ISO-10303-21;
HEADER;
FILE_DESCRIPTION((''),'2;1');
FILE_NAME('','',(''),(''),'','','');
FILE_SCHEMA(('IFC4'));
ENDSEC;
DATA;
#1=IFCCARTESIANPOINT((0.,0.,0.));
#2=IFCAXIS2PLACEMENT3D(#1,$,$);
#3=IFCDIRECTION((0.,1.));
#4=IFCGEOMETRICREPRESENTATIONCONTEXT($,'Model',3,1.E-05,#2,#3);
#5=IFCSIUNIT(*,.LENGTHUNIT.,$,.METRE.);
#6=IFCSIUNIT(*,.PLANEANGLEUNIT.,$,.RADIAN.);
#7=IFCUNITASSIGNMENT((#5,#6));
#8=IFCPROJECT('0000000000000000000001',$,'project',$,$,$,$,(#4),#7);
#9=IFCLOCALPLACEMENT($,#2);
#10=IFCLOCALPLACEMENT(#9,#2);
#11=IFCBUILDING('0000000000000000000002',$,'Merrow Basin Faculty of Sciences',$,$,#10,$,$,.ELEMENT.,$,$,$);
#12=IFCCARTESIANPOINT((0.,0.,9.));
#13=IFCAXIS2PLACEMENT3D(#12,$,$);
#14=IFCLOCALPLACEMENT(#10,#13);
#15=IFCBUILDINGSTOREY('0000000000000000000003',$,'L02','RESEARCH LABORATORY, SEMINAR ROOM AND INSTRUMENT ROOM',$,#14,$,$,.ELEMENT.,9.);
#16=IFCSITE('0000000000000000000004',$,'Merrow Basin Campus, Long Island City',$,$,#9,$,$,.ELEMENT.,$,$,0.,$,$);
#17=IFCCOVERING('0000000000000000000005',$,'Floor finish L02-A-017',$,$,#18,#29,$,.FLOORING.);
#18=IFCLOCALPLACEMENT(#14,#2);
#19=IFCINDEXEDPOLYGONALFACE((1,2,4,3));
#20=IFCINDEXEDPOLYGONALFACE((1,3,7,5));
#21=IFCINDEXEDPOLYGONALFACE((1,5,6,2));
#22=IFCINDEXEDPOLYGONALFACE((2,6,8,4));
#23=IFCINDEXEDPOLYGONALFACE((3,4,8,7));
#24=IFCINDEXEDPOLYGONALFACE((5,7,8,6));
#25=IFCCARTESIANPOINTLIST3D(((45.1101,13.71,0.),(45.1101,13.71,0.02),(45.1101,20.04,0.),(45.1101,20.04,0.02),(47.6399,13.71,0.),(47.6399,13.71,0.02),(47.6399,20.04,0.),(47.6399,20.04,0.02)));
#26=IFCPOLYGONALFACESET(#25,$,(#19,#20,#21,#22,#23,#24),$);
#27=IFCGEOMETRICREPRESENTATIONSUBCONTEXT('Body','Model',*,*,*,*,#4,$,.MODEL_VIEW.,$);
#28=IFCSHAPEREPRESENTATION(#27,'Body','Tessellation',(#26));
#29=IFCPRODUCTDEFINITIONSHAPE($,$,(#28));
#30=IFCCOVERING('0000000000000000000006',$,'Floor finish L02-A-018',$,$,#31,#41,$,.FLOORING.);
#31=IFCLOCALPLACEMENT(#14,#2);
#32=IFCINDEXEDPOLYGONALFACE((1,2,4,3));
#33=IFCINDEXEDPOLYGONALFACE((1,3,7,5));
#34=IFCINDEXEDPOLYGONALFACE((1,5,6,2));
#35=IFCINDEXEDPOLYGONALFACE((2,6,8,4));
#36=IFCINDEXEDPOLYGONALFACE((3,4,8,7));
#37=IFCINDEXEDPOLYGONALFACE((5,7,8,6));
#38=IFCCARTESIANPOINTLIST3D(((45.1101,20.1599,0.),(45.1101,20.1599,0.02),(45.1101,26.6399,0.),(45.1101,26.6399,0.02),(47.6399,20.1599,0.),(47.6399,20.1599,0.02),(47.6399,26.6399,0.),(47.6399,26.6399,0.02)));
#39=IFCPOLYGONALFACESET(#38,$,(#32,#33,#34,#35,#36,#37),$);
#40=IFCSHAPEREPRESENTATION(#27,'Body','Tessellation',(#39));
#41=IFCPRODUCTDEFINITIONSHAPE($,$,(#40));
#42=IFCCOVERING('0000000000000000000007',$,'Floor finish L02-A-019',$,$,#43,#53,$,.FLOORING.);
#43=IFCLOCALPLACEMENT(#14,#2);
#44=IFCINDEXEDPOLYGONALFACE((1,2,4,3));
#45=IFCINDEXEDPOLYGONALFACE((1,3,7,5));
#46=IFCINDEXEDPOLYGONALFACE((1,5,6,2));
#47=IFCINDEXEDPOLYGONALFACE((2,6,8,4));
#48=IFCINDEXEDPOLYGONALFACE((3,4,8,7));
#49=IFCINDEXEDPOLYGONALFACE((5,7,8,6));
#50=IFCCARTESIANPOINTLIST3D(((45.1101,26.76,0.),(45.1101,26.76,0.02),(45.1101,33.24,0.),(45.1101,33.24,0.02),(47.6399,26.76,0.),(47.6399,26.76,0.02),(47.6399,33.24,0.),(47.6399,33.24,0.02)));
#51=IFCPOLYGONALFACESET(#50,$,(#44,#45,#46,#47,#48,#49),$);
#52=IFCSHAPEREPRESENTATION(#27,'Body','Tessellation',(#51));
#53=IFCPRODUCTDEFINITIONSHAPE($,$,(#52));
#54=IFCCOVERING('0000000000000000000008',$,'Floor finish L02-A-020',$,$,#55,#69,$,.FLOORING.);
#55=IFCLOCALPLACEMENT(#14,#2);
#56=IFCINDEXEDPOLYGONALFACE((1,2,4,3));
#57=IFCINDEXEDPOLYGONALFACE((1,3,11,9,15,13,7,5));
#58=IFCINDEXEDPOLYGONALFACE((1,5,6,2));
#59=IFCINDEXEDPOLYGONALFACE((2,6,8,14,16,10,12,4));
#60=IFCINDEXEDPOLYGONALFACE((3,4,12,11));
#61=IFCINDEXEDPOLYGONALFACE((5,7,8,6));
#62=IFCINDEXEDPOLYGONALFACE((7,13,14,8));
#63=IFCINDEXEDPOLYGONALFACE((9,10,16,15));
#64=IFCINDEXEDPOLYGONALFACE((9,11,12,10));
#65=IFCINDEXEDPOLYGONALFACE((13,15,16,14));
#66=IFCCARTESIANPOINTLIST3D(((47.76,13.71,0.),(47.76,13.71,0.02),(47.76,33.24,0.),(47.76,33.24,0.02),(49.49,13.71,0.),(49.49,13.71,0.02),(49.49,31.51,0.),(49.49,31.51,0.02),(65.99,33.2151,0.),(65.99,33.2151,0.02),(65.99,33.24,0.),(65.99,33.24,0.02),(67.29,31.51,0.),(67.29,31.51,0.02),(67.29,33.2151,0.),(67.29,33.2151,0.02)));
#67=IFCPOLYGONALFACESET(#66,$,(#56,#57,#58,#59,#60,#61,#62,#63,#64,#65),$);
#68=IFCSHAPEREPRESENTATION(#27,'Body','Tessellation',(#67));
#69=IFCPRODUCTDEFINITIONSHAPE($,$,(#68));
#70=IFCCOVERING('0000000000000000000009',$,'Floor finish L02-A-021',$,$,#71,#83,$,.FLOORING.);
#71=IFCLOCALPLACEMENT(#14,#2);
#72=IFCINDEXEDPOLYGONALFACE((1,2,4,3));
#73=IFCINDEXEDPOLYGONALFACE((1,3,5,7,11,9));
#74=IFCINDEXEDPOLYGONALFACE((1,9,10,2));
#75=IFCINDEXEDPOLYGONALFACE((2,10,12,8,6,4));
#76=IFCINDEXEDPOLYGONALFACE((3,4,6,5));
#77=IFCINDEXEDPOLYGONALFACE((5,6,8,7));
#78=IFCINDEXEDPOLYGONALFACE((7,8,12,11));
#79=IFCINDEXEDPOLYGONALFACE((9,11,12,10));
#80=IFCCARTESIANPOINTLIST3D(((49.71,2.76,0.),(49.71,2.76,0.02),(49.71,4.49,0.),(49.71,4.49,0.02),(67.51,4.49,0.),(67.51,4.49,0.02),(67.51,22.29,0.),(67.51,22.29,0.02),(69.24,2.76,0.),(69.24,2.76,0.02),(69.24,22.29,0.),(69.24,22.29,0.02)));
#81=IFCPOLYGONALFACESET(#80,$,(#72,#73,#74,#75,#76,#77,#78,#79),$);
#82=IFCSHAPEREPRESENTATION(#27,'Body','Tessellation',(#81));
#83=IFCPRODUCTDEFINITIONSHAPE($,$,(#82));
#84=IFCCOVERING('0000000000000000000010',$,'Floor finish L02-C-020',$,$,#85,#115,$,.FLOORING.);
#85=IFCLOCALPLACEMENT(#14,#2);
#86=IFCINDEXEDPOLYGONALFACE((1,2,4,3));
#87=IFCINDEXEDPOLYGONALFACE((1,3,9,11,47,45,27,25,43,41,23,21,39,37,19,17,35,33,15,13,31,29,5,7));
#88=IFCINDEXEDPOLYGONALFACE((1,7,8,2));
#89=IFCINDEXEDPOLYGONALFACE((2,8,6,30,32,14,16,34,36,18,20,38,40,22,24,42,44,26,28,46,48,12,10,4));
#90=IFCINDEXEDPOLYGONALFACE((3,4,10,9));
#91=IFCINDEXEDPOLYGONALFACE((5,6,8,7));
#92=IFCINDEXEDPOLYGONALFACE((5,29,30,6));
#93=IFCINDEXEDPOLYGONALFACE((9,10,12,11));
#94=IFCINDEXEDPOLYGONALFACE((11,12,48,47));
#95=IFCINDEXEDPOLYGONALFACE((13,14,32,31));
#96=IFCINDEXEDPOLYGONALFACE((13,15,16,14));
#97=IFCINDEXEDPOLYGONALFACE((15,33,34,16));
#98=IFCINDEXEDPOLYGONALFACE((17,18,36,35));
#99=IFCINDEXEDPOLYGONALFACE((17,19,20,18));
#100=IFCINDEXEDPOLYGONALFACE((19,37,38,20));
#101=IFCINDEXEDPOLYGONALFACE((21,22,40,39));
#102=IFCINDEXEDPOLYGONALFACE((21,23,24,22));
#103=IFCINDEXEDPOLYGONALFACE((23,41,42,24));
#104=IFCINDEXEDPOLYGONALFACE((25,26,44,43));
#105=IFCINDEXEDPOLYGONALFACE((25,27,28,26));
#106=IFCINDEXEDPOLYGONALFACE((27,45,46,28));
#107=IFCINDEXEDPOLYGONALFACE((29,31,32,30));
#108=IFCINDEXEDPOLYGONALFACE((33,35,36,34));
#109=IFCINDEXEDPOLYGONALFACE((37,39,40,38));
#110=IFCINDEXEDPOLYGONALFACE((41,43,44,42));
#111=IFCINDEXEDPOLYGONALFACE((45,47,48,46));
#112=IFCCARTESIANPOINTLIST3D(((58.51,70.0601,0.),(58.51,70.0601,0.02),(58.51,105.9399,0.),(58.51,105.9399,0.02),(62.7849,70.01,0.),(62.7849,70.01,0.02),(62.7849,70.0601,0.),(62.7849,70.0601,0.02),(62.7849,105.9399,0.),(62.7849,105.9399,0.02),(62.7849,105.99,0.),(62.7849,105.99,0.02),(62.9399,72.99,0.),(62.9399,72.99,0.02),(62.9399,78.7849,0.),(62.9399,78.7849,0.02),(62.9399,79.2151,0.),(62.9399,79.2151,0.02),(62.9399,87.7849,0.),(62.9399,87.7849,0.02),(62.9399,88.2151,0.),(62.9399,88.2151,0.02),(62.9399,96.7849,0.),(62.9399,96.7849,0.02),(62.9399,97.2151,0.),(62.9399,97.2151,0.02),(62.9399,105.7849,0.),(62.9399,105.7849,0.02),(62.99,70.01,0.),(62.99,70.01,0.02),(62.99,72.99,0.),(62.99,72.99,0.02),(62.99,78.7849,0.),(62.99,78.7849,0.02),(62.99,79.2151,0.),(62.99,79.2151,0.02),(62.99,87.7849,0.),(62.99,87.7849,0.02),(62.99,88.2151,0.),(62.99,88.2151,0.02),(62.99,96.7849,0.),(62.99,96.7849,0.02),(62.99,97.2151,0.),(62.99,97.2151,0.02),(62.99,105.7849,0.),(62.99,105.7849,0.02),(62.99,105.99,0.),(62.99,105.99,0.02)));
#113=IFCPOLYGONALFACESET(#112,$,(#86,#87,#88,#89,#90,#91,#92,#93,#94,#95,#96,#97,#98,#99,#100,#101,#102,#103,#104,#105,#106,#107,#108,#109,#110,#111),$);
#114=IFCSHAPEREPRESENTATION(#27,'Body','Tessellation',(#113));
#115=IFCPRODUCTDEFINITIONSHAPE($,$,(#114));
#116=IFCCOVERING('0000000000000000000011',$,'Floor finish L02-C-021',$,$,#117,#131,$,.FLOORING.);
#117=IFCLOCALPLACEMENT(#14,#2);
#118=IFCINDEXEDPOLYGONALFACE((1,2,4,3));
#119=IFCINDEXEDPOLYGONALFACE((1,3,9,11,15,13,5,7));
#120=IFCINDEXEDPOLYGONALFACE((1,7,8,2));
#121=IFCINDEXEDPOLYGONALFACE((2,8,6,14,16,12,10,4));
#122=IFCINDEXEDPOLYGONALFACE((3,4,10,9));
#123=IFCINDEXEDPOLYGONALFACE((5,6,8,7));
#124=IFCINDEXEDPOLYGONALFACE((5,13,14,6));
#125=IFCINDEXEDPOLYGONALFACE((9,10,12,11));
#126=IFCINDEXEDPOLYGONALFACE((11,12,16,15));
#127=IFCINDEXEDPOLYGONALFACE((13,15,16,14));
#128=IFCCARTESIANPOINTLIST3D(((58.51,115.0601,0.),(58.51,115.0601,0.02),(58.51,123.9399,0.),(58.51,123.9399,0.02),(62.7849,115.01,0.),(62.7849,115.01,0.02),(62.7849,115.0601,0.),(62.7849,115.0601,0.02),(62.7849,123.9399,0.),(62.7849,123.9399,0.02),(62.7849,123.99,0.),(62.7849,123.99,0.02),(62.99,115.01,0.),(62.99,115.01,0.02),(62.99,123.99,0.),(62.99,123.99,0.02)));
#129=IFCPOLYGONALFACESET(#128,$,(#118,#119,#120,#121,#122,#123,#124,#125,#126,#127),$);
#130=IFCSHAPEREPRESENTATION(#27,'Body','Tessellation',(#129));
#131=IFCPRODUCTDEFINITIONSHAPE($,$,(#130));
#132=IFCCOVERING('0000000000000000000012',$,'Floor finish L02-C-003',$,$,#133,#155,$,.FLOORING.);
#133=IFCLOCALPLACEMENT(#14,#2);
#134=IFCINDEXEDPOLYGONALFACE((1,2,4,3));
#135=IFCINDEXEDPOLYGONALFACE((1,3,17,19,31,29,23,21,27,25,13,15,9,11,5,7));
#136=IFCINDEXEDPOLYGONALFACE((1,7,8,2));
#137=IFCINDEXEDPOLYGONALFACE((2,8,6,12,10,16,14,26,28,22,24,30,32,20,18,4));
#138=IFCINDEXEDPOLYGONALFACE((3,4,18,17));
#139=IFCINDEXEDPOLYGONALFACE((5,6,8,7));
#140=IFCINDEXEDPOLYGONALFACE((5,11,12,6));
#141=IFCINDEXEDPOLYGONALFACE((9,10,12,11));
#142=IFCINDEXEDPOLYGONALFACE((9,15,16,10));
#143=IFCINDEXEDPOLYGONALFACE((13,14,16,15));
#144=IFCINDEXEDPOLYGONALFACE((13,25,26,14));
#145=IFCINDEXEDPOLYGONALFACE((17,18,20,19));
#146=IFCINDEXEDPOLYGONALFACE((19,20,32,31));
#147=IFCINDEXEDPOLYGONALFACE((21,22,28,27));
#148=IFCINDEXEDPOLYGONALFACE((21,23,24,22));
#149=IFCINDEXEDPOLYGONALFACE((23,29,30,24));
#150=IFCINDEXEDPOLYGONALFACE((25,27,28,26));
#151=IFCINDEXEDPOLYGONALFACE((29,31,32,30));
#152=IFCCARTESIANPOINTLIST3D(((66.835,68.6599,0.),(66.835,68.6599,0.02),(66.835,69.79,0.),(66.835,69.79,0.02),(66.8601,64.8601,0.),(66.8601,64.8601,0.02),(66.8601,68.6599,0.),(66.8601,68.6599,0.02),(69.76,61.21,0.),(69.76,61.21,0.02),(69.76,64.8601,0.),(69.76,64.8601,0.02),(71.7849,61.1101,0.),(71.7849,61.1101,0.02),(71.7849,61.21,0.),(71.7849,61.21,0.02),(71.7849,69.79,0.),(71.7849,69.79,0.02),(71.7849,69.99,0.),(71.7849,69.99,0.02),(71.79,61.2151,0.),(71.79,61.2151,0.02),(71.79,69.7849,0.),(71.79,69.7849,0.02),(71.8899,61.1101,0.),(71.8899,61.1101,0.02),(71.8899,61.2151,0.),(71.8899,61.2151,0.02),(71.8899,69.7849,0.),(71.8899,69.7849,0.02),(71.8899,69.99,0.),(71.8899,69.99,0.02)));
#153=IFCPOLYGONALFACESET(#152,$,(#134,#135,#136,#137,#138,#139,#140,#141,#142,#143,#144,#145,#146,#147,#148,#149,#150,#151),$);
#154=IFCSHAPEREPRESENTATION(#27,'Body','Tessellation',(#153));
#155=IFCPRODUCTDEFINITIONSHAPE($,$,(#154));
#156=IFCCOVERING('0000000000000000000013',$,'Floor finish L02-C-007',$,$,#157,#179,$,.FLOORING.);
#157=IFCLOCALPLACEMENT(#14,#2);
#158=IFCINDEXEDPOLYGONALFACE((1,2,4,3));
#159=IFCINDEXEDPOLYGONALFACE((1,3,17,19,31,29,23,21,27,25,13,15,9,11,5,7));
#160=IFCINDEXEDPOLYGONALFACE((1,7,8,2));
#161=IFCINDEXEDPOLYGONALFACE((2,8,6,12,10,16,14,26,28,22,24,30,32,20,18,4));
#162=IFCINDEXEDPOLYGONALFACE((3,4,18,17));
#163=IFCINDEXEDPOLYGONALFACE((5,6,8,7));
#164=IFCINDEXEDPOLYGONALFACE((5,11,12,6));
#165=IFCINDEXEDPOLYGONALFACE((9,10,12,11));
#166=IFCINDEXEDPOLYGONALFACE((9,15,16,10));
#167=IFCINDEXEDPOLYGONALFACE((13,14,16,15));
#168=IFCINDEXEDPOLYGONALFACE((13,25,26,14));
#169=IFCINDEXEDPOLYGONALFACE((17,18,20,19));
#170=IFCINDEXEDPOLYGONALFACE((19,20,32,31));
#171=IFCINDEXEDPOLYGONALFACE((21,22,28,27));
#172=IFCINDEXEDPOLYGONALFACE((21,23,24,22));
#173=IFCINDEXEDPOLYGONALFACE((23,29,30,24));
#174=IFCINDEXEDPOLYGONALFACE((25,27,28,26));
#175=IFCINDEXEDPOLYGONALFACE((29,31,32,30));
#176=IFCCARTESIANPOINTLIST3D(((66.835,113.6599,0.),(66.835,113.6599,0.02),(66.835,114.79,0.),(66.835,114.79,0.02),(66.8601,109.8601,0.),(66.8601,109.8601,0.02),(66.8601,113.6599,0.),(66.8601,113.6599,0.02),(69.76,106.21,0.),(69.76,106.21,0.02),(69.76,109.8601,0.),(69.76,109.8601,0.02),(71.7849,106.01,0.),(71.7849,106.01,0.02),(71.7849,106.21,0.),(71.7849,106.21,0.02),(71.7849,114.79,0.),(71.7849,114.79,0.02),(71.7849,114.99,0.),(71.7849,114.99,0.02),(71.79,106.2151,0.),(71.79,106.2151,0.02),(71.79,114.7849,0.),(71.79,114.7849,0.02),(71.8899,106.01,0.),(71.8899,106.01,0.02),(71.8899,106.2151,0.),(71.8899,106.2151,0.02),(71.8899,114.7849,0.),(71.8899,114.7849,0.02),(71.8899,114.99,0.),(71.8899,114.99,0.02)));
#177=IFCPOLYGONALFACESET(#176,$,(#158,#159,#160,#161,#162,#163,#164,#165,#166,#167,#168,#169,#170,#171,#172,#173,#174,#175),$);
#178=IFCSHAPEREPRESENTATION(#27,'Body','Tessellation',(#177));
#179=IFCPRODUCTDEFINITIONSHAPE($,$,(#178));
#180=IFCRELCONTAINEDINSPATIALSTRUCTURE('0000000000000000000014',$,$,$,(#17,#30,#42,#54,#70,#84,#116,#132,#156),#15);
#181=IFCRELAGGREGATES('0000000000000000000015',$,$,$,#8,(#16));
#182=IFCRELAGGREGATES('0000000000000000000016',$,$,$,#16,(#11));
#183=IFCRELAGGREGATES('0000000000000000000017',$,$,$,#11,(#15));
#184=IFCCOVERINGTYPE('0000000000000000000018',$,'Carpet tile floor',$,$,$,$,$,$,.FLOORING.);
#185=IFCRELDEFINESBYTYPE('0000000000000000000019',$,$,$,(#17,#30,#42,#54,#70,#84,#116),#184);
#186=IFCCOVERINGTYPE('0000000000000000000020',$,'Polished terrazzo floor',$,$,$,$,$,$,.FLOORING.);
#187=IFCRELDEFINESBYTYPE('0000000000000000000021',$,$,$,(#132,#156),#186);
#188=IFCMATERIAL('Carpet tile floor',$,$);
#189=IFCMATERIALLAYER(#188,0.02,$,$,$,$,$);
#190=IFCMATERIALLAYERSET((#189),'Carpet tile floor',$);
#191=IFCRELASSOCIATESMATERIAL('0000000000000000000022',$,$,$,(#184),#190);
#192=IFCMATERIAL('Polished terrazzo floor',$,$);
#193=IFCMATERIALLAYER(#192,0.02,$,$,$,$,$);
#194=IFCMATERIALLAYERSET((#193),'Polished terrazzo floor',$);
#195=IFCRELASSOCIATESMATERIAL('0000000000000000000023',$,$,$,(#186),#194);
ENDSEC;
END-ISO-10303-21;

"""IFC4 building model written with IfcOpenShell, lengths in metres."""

from ifc_helpers import new_model, si_unit, direction, frame, origin, place, context, subcontext, project, spatial, polyline, outline, extrude, material, layer, layer_set, type_object, element, save


model = new_model("IFC4")

# Units and contexts
model_context = context("Model", 3, precision=1e-05, world=origin(), true_north=direction((0.0, 1.0)))
body_context = subcontext(model_context, "Body", "Model", "MODEL_VIEW")
ifc_project = project(units=[si_unit("LENGTHUNIT", "METRE"), si_unit("PLANEANGLEUNIT", "RADIAN")], contexts=[model_context])

# Site, building, storey
site_placement = place(None, origin())
site = spatial("IfcSite", under=ifc_project, at=site_placement, Name="Merrow Basin Campus, Long Island City", CompositionType="ELEMENT", RefElevation=0.0)
building_placement = place(site_placement, origin())
building = spatial("IfcBuilding", under=site, at=building_placement, Name="Merrow Basin Faculty of Sciences", CompositionType="ELEMENT")
storey_placement = place(building_placement, frame((0.0, 0.0, 9.0)))
storey = spatial("IfcBuildingStorey", under=building, at=storey_placement, Name="L02", Description="RESEARCH LABORATORY, SEMINAR ROOM AND INSTRUMENT ROOM", CompositionType="ELEMENT", Elevation=9.0)

# Coverings
ifc_material_1 = material(Name="Carpet tile floor")
ifc_layer_1 = layer(ifc_material_1, 0.02)
ifc_layer_set_1 = layer_set([ifc_layer_1], Name="Carpet tile floor")
covering_type_1 = type_object("IfcCoveringType", Name="Carpet tile floor", PredefinedType="FLOORING", material=ifc_layer_set_1)
covering_1_placement = place(storey_placement, origin())
element("IfcCovering", 1, at=covering_1_placement, inside=storey, type_object=covering_type_1, Name="Floor finish L02-A-017", PredefinedType="FLOORING", context=body_context, shape_type="SweptSolid", body=[
    extrude(outline(polyline([(45.1101, 20.04), (47.6399, 20.04), (47.6399, 13.71), (45.1101, 13.71), (45.1101, 20.04)])), origin(), (0.0, 0.0, 1.0), 0.02),
])
covering_2_placement = place(storey_placement, origin())
element("IfcCovering", 2, at=covering_2_placement, inside=storey, type_object=covering_type_1, Name="Floor finish L02-A-018", PredefinedType="FLOORING", context=body_context, shape_type="SweptSolid", body=[
    extrude(outline(polyline([(47.6399, 26.6399), (47.6399, 20.1599), (45.1101, 20.1599), (45.1101, 26.6399), (47.6399, 26.6399)])), origin(), (0.0, 0.0, 1.0), 0.02),
])
covering_3_placement = place(storey_placement, origin())
element("IfcCovering", 3, at=covering_3_placement, inside=storey, type_object=covering_type_1, Name="Floor finish L02-A-019", PredefinedType="FLOORING", context=body_context, shape_type="SweptSolid", body=[
    extrude(outline(polyline([(47.6399, 26.76), (45.1101, 26.76), (45.1101, 33.24), (47.6399, 33.24), (47.6399, 26.76)])), origin(), (0.0, 0.0, 1.0), 0.02),
])
covering_4_placement = place(storey_placement, origin())
element("IfcCovering", 4, at=covering_4_placement, inside=storey, type_object=covering_type_1, Name="Floor finish L02-A-020", PredefinedType="FLOORING", context=body_context, shape_type="SweptSolid", body=[
    extrude(outline(polyline([(49.49, 31.51), (49.49, 13.71), (47.76, 13.71), (47.76, 33.24), (65.99, 33.24), (65.99, 33.2151), (67.29, 33.2151), (67.29, 31.51), (49.49, 31.51)])), origin(), (0.0, 0.0, 1.0), 0.02),
])
covering_5_placement = place(storey_placement, origin())
element("IfcCovering", 5, at=covering_5_placement, inside=storey, type_object=covering_type_1, Name="Floor finish L02-A-021", PredefinedType="FLOORING", context=body_context, shape_type="SweptSolid", body=[
    extrude(outline(polyline([(67.51, 4.49), (67.51, 22.29), (69.24, 22.29), (69.24, 2.76), (49.71, 2.76), (49.71, 4.49), (67.51, 4.49)])), origin(), (0.0, 0.0, 1.0), 0.02),
])
covering_6_placement = place(storey_placement, origin())
element("IfcCovering", 6, at=covering_6_placement, inside=storey, type_object=covering_type_1, Name="Floor finish L02-C-020", PredefinedType="FLOORING", context=body_context, shape_type="SweptSolid", body=[
    extrude(outline(polyline([(62.99, 105.99), (62.99, 105.7849), (62.9399, 105.7849), (62.9399, 97.2151), (62.99, 97.2151), (62.99, 96.7849), (62.9399, 96.7849), (62.9399, 88.2151), (62.99, 88.2151), (62.99, 87.7849), (62.9399, 87.7849), (62.9399, 79.2151), (62.99, 79.2151), (62.99, 78.7849), (62.9399, 78.7849), (62.9399, 72.99), (62.99, 72.99), (62.99, 70.01), (62.7849, 70.01), (62.7849, 70.0601), (58.51, 70.0601), (58.51, 105.9399), (62.7849, 105.9399), (62.7849, 105.99), (62.99, 105.99)])), origin(), (0.0, 0.0, 1.0), 0.02),
])
covering_7_placement = place(storey_placement, origin())
element("IfcCovering", 7, at=covering_7_placement, inside=storey, type_object=covering_type_1, Name="Floor finish L02-C-021", PredefinedType="FLOORING", context=body_context, shape_type="SweptSolid", body=[
    extrude(outline(polyline([(62.99, 123.99), (62.99, 115.01), (62.7849, 115.01), (62.7849, 115.0601), (58.51, 115.0601), (58.51, 123.9399), (62.7849, 123.9399), (62.7849, 123.99), (62.99, 123.99)])), origin(), (0.0, 0.0, 1.0), 0.02),
])
ifc_material_2 = material(Name="Polished terrazzo floor")
ifc_layer_2 = layer(ifc_material_2, 0.02)
ifc_layer_set_2 = layer_set([ifc_layer_2], Name="Polished terrazzo floor")
covering_type_2 = type_object("IfcCoveringType", Name="Polished terrazzo floor", PredefinedType="FLOORING", material=ifc_layer_set_2)
covering_8_placement = place(storey_placement, origin())
element("IfcCovering", 8, at=covering_8_placement, inside=storey, type_object=covering_type_2, Name="Floor finish L02-C-003", PredefinedType="FLOORING", context=body_context, shape_type="SweptSolid", body=[
    extrude(outline(polyline([(71.8899, 69.99), (71.8899, 69.7849), (71.79, 69.7849), (71.79, 61.2151), (71.8899, 61.2151), (71.8899, 61.1101), (71.7849, 61.1101), (71.7849, 61.21), (69.76, 61.21), (69.76, 64.8601), (66.8601, 64.8601), (66.8601, 68.6599), (66.835, 68.6599), (66.835, 69.79), (71.7849, 69.79), (71.7849, 69.99), (71.8899, 69.99)])), origin(), (0.0, 0.0, 1.0), 0.02),
])
covering_9_placement = place(storey_placement, origin())
element("IfcCovering", 9, at=covering_9_placement, inside=storey, type_object=covering_type_2, Name="Floor finish L02-C-007", PredefinedType="FLOORING", context=body_context, shape_type="SweptSolid", body=[
    extrude(outline(polyline([(71.8899, 114.99), (71.8899, 114.7849), (71.79, 114.7849), (71.79, 106.2151), (71.8899, 106.2151), (71.8899, 106.01), (71.7849, 106.01), (71.7849, 106.21), (69.76, 106.21), (69.76, 109.8601), (66.8601, 109.8601), (66.8601, 113.6599), (66.835, 113.6599), (66.835, 114.79), (71.7849, 114.79), (71.7849, 114.99), (71.8899, 114.99)])), origin(), (0.0, 0.0, 1.0), 0.02),
])

save(model, "model.ifc")
